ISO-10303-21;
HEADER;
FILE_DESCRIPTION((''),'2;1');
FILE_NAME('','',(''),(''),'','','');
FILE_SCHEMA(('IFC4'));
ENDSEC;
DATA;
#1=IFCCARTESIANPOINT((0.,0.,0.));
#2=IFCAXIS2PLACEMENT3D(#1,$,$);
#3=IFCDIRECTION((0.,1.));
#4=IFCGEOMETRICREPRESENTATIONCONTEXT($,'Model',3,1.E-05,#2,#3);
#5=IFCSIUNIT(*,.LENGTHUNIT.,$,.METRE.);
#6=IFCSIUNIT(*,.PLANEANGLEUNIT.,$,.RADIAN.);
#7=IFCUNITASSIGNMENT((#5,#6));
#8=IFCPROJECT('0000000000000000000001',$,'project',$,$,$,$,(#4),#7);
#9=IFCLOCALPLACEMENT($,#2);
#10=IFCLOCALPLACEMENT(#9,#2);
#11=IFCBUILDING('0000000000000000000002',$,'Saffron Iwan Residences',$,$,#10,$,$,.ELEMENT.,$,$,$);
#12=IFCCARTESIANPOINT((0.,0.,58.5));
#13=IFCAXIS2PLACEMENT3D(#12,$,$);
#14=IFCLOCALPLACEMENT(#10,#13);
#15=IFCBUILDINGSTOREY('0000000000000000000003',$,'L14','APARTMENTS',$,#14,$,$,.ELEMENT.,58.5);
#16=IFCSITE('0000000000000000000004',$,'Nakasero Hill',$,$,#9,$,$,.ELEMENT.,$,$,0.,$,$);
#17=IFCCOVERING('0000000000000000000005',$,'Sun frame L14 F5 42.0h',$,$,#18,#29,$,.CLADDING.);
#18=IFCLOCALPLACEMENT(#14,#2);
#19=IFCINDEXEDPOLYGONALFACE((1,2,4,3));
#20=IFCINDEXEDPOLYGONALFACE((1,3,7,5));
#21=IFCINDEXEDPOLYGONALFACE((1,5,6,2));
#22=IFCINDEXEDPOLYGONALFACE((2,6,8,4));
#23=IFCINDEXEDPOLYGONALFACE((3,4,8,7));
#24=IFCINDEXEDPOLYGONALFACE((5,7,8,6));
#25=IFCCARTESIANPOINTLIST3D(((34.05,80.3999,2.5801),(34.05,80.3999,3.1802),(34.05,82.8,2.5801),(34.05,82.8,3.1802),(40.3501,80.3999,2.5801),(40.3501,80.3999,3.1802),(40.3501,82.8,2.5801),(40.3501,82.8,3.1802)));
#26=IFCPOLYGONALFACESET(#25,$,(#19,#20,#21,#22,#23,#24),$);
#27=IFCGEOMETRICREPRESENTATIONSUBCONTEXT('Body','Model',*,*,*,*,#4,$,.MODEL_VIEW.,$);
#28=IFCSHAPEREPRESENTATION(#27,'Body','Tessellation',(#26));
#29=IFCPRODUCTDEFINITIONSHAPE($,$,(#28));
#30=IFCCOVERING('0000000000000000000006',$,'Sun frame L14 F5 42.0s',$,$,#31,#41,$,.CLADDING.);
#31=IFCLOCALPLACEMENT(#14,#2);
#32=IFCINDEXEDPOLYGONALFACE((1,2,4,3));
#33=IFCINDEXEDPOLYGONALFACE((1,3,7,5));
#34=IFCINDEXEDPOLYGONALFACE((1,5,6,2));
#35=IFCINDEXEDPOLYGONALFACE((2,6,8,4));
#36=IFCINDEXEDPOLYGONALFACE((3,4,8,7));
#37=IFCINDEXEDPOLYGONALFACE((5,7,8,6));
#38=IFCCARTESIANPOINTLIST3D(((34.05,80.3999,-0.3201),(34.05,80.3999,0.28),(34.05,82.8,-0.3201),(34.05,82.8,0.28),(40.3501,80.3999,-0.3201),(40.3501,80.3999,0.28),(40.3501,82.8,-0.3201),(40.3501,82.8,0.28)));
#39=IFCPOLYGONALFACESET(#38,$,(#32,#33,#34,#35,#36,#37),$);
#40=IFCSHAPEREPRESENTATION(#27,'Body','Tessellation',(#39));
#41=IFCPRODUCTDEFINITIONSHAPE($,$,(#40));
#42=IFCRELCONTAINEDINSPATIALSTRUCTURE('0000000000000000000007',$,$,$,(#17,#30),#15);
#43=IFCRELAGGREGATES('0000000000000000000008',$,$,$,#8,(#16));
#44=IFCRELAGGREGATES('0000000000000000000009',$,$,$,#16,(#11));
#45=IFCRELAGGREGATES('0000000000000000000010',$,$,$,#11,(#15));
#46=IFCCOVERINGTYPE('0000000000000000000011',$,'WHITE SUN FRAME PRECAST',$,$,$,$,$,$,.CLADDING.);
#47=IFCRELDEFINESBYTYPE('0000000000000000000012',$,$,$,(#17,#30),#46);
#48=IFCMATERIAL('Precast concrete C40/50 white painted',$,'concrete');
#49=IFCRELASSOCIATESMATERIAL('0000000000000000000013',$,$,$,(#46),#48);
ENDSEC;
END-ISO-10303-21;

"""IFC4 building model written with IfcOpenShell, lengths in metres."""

from ifc_helpers import new_model, si_unit, direction, frame, origin, place, context, subcontext, project, spatial, polyline, outline, extrude, material, type_object, element, save


model = new_model("IFC4")

# Units and contexts
model_context = context("Model", 3, precision=1e-05, world=origin(), true_north=direction((0.0, 1.0)))
body_context = subcontext(model_context, "Body", "Model", "MODEL_VIEW")
ifc_project = project(units=[si_unit("LENGTHUNIT", "METRE"), si_unit("PLANEANGLEUNIT", "RADIAN")], contexts=[model_context])

# Site, building, storey
site_placement = place(None, origin())
site = spatial("IfcSite", under=ifc_project, at=site_placement, Name="Nakasero Hill", CompositionType="ELEMENT", RefElevation=0.0)
building_placement = place(site_placement, origin())
building = spatial("IfcBuilding", under=site, at=building_placement, Name="Saffron Iwan Residences", CompositionType="ELEMENT")
storey_placement = place(building_placement, frame((0.0, 0.0, 58.5)))
storey = spatial("IfcBuildingStorey", under=building, at=storey_placement, Name="L14", Description="APARTMENTS", CompositionType="ELEMENT", Elevation=58.5)

# Coverings
ifc_material_1 = material(Name="Precast concrete C40/50 white painted", Category="concrete")
covering_type = type_object("IfcCoveringType", Name="WHITE SUN FRAME PRECAST", PredefinedType="CLADDING", material=ifc_material_1)
for number, where, z_axis, x_axis, name in (
    (1, (40.3501, 80.3999, 2.5801), (0.0, 1.0, 0.0), (-1.0, 0.0, 0.0), "Sun frame L14 F5 42.0h"),
    (2, (40.3501, 80.3999, -0.3201), (0.0, 1.0, 0.0), (-1.0, 0.0, 0.0), "Sun frame L14 F5 42.0s"),
):
    element("IfcCovering", number, at=place(storey_placement, frame(where, z_axis=z_axis, x_axis=x_axis)), inside=storey, type_object=covering_type, Name=name, PredefinedType="CLADDING", context=body_context, shape_type="SweptSolid", body=[
        extrude(outline(polyline([(0.0, 0.0), (6.3, 0.0), (6.3, 0.6001), (0.0, 0.6001), (0.0, 0.0)])), origin(), (0.0, 0.0, 1.0), 2.4001),
    ])

save(model, "model.ifc")
